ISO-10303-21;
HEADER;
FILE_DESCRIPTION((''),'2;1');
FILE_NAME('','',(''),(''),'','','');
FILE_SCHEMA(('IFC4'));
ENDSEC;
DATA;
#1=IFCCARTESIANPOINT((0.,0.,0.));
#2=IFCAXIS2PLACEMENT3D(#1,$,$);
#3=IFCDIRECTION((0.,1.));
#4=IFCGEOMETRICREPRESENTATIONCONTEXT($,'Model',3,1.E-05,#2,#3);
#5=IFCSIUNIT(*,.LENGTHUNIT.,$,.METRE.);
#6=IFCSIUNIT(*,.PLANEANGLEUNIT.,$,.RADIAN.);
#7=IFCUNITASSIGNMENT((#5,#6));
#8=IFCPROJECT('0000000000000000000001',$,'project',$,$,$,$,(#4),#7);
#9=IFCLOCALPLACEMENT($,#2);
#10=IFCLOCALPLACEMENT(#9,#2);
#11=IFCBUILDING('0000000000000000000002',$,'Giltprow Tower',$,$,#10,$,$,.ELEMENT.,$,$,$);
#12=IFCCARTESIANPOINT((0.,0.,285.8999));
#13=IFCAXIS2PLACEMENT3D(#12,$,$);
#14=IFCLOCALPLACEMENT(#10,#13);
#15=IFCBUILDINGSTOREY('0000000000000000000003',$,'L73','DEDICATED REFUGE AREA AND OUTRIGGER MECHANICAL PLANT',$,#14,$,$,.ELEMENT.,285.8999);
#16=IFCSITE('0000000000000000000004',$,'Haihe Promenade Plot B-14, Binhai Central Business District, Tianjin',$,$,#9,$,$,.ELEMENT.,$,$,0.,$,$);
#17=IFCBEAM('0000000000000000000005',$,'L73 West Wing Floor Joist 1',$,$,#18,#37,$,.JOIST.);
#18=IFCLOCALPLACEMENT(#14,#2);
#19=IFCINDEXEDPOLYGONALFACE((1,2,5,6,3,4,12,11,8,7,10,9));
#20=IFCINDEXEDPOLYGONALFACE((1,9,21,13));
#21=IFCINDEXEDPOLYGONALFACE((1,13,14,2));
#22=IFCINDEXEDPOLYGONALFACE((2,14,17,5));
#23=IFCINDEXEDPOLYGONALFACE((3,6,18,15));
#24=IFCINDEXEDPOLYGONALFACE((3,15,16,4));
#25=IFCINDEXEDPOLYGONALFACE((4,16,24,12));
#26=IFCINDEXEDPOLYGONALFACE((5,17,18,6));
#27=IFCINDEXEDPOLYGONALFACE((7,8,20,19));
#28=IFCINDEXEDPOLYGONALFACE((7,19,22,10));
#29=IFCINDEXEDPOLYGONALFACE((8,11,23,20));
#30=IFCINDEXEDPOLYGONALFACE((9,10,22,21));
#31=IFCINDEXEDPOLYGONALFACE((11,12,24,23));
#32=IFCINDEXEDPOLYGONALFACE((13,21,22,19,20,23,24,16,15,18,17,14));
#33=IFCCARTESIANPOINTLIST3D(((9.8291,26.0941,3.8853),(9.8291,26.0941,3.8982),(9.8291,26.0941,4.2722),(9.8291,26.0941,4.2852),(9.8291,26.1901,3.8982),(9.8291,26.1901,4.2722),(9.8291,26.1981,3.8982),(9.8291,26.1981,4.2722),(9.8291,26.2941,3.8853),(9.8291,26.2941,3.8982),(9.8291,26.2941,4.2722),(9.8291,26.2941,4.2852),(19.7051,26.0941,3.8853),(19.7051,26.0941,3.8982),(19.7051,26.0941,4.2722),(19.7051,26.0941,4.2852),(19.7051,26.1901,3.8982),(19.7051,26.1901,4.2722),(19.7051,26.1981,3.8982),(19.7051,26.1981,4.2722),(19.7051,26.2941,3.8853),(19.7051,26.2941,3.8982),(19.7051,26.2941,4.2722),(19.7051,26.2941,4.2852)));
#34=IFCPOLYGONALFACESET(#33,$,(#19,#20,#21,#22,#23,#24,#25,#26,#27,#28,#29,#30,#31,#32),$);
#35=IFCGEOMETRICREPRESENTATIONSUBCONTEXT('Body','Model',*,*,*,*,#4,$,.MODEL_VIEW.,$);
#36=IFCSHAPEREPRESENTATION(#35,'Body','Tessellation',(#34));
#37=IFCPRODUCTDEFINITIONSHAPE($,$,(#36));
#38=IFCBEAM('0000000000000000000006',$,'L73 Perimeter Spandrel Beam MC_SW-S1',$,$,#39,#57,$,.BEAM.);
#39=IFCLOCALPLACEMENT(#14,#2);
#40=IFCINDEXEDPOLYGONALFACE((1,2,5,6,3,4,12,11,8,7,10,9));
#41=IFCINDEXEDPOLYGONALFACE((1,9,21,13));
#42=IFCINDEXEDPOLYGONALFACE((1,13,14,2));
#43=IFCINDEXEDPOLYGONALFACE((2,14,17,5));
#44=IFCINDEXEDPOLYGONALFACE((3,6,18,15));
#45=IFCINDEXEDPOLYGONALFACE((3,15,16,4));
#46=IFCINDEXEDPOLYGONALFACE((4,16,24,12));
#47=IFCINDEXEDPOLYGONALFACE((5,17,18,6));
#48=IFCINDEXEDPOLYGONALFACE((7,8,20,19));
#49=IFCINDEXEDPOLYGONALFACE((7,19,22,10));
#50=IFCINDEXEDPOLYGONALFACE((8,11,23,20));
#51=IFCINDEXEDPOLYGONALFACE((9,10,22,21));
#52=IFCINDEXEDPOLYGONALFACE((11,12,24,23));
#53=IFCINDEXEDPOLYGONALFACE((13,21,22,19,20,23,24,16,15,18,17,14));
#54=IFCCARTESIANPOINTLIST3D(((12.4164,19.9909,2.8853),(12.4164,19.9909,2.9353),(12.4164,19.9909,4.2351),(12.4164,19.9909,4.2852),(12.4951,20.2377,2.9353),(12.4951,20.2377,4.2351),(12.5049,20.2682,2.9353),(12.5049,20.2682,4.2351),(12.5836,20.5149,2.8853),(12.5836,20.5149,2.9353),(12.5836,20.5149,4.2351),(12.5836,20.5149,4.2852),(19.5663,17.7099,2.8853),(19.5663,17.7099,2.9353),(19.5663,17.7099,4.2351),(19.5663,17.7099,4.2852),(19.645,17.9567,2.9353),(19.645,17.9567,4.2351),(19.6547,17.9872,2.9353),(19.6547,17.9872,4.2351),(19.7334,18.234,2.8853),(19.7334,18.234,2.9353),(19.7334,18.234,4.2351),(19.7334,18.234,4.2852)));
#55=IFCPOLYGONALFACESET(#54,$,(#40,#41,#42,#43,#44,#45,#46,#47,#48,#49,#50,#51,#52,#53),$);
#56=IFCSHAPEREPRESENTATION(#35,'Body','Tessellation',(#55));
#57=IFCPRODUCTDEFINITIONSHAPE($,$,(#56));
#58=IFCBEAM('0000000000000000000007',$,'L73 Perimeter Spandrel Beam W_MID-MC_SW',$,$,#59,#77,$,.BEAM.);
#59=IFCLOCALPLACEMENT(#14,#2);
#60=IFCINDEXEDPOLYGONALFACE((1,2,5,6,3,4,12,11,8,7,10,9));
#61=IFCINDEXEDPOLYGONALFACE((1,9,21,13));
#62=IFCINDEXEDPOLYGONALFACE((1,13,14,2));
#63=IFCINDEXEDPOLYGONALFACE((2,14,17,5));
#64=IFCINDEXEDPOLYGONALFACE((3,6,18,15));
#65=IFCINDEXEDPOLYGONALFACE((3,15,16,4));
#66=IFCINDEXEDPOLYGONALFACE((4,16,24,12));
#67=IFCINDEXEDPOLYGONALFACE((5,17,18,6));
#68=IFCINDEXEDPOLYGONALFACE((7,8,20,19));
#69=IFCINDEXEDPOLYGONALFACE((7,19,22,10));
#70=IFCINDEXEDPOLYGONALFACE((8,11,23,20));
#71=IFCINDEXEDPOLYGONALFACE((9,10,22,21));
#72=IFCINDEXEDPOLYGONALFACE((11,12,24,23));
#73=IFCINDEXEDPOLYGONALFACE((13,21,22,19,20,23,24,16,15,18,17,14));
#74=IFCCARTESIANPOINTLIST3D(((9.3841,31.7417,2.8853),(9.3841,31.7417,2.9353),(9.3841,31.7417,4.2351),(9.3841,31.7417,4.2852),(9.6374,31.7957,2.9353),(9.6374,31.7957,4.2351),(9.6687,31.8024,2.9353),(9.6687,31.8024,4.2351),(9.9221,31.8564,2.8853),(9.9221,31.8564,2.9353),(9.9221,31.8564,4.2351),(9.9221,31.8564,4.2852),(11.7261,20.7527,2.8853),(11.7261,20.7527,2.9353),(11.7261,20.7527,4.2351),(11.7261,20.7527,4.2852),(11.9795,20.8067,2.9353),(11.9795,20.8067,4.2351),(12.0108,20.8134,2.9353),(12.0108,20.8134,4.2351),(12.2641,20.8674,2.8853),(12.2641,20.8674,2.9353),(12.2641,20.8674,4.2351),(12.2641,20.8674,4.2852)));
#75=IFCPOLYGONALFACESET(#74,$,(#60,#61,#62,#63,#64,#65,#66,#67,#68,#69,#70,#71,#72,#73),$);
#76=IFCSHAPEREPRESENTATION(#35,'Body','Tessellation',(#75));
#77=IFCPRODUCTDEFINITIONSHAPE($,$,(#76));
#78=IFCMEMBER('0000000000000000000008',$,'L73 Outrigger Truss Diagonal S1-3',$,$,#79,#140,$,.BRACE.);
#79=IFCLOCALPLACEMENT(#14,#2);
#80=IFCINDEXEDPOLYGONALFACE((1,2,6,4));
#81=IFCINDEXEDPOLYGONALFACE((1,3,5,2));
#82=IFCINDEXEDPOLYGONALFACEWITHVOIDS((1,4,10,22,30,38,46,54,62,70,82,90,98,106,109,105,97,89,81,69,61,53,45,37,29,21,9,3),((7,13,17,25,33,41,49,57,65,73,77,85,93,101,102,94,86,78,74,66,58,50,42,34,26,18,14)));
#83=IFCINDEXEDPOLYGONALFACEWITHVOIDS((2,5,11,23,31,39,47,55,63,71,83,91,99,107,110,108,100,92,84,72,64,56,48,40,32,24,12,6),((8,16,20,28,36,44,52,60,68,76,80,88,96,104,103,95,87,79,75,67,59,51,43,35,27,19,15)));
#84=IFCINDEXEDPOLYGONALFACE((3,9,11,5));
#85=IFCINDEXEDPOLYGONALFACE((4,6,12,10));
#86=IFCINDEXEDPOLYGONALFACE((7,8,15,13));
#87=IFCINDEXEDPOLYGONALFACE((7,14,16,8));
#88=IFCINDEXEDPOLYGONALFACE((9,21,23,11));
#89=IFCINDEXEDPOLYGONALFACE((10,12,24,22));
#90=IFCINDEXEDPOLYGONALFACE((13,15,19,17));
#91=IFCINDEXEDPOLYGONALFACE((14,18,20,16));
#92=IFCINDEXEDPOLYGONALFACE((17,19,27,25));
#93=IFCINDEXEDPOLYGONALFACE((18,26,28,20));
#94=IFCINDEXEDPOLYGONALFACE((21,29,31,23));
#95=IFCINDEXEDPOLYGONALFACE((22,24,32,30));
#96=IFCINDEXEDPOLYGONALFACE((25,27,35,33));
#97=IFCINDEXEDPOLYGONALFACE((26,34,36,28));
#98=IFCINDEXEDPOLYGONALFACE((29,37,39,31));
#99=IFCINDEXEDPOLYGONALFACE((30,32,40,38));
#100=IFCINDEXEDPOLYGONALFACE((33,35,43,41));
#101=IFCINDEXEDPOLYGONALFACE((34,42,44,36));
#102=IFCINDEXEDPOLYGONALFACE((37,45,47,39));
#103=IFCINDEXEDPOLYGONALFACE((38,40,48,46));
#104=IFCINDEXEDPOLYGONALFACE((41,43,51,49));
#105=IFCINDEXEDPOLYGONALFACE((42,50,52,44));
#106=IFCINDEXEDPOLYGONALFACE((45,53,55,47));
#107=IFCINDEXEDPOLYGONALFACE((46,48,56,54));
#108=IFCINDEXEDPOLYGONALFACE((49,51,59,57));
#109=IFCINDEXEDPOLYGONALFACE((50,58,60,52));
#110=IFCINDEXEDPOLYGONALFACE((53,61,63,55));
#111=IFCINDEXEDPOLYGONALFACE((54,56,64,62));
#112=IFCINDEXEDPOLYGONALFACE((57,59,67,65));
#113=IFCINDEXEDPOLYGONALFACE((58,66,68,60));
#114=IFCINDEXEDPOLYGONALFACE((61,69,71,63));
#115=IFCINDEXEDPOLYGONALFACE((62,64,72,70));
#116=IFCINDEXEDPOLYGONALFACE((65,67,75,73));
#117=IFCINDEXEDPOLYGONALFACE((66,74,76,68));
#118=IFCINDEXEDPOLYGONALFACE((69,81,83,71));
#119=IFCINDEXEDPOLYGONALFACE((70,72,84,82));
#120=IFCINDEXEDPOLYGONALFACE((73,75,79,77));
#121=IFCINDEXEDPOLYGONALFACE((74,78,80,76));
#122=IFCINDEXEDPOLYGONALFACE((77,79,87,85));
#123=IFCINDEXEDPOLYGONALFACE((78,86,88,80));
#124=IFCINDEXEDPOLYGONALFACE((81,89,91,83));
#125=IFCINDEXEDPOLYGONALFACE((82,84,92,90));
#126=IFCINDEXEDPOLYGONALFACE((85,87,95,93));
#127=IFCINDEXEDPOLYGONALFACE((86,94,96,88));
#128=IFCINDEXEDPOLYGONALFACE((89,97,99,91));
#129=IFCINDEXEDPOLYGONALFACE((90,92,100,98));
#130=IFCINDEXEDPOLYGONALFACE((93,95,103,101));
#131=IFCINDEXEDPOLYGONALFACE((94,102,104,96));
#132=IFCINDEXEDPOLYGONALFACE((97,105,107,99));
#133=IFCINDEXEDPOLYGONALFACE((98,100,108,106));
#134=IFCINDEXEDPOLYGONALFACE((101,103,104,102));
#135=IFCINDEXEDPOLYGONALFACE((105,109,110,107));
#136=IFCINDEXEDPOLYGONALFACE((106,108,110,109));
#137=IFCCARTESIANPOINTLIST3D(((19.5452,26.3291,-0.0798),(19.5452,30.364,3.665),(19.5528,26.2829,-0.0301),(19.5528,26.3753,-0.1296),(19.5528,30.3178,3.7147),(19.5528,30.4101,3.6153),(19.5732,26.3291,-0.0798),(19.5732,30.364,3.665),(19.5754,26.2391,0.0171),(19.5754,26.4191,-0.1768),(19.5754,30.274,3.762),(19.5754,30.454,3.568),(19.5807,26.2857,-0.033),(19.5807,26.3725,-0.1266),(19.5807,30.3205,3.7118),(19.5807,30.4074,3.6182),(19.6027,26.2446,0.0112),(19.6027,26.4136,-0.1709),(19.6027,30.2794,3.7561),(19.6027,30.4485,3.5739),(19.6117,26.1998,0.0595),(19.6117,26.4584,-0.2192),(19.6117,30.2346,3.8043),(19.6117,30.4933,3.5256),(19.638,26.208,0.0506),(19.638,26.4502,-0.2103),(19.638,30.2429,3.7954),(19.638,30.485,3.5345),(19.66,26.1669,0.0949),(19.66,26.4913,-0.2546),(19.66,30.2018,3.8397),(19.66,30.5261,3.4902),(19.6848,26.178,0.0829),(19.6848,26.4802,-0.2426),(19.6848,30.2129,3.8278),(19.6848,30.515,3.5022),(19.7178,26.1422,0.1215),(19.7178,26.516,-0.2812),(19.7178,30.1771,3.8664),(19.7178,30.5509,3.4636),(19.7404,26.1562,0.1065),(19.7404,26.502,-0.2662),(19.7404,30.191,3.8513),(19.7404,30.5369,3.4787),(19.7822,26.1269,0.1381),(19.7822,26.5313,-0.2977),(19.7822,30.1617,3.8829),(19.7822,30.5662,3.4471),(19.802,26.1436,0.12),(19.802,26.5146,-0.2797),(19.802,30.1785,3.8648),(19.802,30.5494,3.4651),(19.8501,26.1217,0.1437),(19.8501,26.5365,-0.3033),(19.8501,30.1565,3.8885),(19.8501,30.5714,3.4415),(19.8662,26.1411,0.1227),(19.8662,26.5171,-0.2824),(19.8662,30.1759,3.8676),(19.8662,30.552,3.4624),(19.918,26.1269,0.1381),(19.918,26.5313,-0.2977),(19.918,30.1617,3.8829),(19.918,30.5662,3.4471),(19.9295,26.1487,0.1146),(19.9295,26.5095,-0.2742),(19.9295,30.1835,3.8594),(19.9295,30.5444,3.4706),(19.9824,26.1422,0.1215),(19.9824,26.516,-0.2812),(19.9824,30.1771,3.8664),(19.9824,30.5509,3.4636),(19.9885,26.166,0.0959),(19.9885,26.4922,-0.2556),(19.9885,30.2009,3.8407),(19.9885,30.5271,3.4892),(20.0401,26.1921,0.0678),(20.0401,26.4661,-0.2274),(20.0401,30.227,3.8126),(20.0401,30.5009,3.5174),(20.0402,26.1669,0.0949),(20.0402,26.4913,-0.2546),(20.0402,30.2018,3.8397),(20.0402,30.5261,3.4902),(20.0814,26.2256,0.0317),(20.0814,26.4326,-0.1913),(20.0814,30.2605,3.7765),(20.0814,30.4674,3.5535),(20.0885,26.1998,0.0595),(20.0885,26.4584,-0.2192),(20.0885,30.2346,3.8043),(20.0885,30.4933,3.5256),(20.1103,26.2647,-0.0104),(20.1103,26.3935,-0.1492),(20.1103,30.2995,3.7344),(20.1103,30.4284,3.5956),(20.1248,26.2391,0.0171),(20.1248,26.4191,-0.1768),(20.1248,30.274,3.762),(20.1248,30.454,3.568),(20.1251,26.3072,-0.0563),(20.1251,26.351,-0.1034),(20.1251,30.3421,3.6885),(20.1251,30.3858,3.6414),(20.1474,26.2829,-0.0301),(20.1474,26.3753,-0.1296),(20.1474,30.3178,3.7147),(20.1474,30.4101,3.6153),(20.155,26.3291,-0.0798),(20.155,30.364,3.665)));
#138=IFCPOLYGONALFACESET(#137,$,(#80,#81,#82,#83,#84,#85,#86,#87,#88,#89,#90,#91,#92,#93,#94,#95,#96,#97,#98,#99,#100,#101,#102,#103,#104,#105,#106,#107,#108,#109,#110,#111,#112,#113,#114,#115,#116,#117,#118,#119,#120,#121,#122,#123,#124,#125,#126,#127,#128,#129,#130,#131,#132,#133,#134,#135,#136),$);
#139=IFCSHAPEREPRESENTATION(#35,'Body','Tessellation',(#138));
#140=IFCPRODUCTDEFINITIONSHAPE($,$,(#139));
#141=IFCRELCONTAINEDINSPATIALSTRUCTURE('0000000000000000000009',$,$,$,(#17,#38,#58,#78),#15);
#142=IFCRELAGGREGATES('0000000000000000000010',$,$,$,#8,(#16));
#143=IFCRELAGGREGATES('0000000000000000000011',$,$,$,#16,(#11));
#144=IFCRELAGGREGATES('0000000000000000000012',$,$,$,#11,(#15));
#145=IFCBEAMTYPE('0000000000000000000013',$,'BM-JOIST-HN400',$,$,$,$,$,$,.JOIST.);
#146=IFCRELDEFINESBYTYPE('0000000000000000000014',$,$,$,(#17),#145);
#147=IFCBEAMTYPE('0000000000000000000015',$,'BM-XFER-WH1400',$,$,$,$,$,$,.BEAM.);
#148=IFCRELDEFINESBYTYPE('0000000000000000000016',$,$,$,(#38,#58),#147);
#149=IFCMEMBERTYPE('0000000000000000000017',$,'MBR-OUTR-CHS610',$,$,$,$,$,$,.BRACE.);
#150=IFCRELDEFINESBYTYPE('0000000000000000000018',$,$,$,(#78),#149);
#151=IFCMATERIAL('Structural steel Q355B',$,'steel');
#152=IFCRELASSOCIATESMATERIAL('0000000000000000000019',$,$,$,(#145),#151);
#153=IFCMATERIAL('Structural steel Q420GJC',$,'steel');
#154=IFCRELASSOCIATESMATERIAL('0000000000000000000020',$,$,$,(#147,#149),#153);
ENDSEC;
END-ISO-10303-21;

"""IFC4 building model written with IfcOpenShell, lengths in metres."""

from ifc_helpers import new_model, si_unit, direction, frame, origin, origin_2d, place, context, subcontext, project, spatial, hollow_circle, i_section, extrude, source, transform, mapped, material, material_profile, profile_set, type_object, element, save


model = new_model("IFC4")

# Units and contexts
model_context = context("Model", 3, precision=1e-05, world=origin(), true_north=direction((0.0, 1.0)))
body_context = subcontext(model_context, "Body", "Model", "MODEL_VIEW")
ifc_project = project(units=[si_unit("LENGTHUNIT", "METRE"), si_unit("PLANEANGLEUNIT", "RADIAN")], contexts=[model_context])

# Site, building, storey
site_placement = place(None, origin())
site = spatial("IfcSite", under=ifc_project, at=site_placement, Name="Haihe Promenade Plot B-14, Binhai Central Business District, Tianjin", CompositionType="ELEMENT", RefElevation=0.0)
building_placement = place(site_placement, origin())
building = spatial("IfcBuilding", under=site, at=building_placement, Name="Giltprow Tower", CompositionType="ELEMENT")
storey_placement = place(building_placement, frame((0.0, 0.0, 285.8999)))
storey = spatial("IfcBuildingStorey", under=building, at=storey_placement, Name="L73", Description="DEDICATED REFUGE AREA AND OUTRIGGER MECHANICAL PLANT", CompositionType="ELEMENT", Elevation=285.8999)

# Shared definitions
ifc_material_1 = material(Name="Structural steel Q420GJC", Category="steel")
ifc_material_2 = material(Name="Structural steel Q355B", Category="steel")

# Beams
ifc_material_profile_1 = material_profile(ifc_material_2, i_section(OverallWidth=0.2, OverallDepth=0.3999, WebThickness=0.0081, FlangeThickness=0.0129, at=origin_2d()), Name="HN 400x200x8x13")
ifc_profile_set_1 = profile_set([ifc_material_profile_1], Name="Structural steel Q355B")
beam_type_1 = type_object("IfcBeamType", Name="BM-JOIST-HN400", PredefinedType="JOIST", material=ifc_profile_set_1)
shared_shape_1 = source(origin(), body_context, "Body", "SweptSolid", [
    extrude(i_section(OverallWidth=0.2, OverallDepth=0.3999, WebThickness=0.0081, FlangeThickness=0.0129, at=origin_2d()), origin(), (0.0, 0.0, 1.0), 9.876),
])
beam_1_placement = place(storey_placement, frame((9.8291, 26.1941, 4.0852), z_axis=(1.0, 0.0, 0.0), x_axis=(0.0, 1.0, 0.0)))
element("IfcBeam", 1, at=beam_1_placement, inside=storey, type_object=beam_type_1, Name="L73 West Wing Floor Joist 1", PredefinedType="JOIST", context=body_context, shape_type="MappedRepresentation", body=[
    mapped(shared_shape_1, transform((0.0, 0.0, 0.0), x_axis=(1.0, 0.0, 0.0), y_axis=(0.0, 1.0, 0.0), z_axis=(0.0, 0.0, 1.0), scale=1.0)),
])
ifc_material_profile_2 = material_profile(ifc_material_1, i_section(OverallWidth=0.55, OverallDepth=1.3999, WebThickness=0.032, FlangeThickness=0.05, at=origin_2d()), Name="WH 1400x550x32x50")
ifc_profile_set_2 = profile_set([ifc_material_profile_2], Name="Structural steel Q420GJC")
beam_type_2 = type_object("IfcBeamType", Name="BM-XFER-WH1400", PredefinedType="BEAM", material=ifc_profile_set_2)
shared_shape_2 = source(origin(), body_context, "Body", "SweptSolid", [
    extrude(i_section(OverallWidth=0.55, OverallDepth=1.3999, WebThickness=0.032, FlangeThickness=0.05, at=origin_2d()), origin(), (0.0, 0.0, 1.0), 7.5049),
])
beam_2_placement = place(storey_placement, frame((12.5, 20.2529, 3.5852), z_axis=(0.952693, -0.303934, 0.0), x_axis=(0.303934, 0.952693, 0.0)))
element("IfcBeam", 2, at=beam_2_placement, inside=storey, type_object=beam_type_2, Name="L73 Perimeter Spandrel Beam MC_SW-S1", PredefinedType="BEAM", context=body_context, shape_type="MappedRepresentation", body=[
    mapped(shared_shape_2, transform((0.0, 0.0, 0.0), x_axis=(1.0, 0.0, 0.0), y_axis=(0.0, 1.0, 0.0), z_axis=(0.0, 0.0, 1.0), scale=1.0)),
])
shared_shape_3 = source(origin(), body_context, "Body", "SweptSolid", [
    extrude(i_section(OverallWidth=0.55, OverallDepth=1.3999, WebThickness=0.032, FlangeThickness=0.05, at=origin_2d()), origin(), (0.0, 0.0, 1.0), 11.2358),
])
beam_3_placement = place(storey_placement, frame((9.6531, 31.7991, 3.5852), z_axis=(0.208444, -0.978034, 0.0), x_axis=(0.978034, 0.208444, 0.0)))
element("IfcBeam", 3, at=beam_3_placement, inside=storey, type_object=beam_type_2, Name="L73 Perimeter Spandrel Beam W_MID-MC_SW", PredefinedType="BEAM", context=body_context, shape_type="MappedRepresentation", body=[
    mapped(shared_shape_3, transform((0.0, 0.0, 0.0), x_axis=(1.0, 0.0, 0.0), y_axis=(0.0, 1.0, 0.0), z_axis=(0.0, 0.0, 1.0), scale=1.0)),
])

# Member
ifc_material_profile_3 = material_profile(ifc_material_1, hollow_circle(Radius=0.3049, WallThickness=0.0281, at=origin_2d()), Name="CHS 610x28")
ifc_profile_set_3 = profile_set([ifc_material_profile_3], Name="Structural steel Q420GJC")
member_type_1 = type_object("IfcMemberType", Name="MBR-OUTR-CHS610", PredefinedType="BRACE", material=ifc_profile_set_3)
shared_shape_4 = source(origin(), body_context, "Body", "SweptSolid", [
    extrude(hollow_circle(Radius=0.3049, WallThickness=0.0281, at=origin_2d()), origin(), (0.0, 0.0, 1.0), 5.5049),
])
for number, where, z_axis, x_axis, name in (
    (4, (19.8501, 26.3291, -0.0798), (0.0, 0.732959, 0.680272), (-1.0, 0.0, 0.0), "L73 Outrigger Truss Diagonal S1-3"),
):
    element("IfcMember", number, at=place(storey_placement, frame(where, z_axis=z_axis, x_axis=x_axis)), inside=storey, type_object=member_type_1, Name=name, PredefinedType="BRACE", context=body_context, shape_type="MappedRepresentation", body=[
        mapped(shared_shape_4, transform((0.0, 0.0, 0.0), x_axis=(1.0, 0.0, 0.0), y_axis=(0.0, 1.0, 0.0), z_axis=(0.0, 0.0, 1.0), scale=1.0)),
    ])

save(model, "model.ifc")
